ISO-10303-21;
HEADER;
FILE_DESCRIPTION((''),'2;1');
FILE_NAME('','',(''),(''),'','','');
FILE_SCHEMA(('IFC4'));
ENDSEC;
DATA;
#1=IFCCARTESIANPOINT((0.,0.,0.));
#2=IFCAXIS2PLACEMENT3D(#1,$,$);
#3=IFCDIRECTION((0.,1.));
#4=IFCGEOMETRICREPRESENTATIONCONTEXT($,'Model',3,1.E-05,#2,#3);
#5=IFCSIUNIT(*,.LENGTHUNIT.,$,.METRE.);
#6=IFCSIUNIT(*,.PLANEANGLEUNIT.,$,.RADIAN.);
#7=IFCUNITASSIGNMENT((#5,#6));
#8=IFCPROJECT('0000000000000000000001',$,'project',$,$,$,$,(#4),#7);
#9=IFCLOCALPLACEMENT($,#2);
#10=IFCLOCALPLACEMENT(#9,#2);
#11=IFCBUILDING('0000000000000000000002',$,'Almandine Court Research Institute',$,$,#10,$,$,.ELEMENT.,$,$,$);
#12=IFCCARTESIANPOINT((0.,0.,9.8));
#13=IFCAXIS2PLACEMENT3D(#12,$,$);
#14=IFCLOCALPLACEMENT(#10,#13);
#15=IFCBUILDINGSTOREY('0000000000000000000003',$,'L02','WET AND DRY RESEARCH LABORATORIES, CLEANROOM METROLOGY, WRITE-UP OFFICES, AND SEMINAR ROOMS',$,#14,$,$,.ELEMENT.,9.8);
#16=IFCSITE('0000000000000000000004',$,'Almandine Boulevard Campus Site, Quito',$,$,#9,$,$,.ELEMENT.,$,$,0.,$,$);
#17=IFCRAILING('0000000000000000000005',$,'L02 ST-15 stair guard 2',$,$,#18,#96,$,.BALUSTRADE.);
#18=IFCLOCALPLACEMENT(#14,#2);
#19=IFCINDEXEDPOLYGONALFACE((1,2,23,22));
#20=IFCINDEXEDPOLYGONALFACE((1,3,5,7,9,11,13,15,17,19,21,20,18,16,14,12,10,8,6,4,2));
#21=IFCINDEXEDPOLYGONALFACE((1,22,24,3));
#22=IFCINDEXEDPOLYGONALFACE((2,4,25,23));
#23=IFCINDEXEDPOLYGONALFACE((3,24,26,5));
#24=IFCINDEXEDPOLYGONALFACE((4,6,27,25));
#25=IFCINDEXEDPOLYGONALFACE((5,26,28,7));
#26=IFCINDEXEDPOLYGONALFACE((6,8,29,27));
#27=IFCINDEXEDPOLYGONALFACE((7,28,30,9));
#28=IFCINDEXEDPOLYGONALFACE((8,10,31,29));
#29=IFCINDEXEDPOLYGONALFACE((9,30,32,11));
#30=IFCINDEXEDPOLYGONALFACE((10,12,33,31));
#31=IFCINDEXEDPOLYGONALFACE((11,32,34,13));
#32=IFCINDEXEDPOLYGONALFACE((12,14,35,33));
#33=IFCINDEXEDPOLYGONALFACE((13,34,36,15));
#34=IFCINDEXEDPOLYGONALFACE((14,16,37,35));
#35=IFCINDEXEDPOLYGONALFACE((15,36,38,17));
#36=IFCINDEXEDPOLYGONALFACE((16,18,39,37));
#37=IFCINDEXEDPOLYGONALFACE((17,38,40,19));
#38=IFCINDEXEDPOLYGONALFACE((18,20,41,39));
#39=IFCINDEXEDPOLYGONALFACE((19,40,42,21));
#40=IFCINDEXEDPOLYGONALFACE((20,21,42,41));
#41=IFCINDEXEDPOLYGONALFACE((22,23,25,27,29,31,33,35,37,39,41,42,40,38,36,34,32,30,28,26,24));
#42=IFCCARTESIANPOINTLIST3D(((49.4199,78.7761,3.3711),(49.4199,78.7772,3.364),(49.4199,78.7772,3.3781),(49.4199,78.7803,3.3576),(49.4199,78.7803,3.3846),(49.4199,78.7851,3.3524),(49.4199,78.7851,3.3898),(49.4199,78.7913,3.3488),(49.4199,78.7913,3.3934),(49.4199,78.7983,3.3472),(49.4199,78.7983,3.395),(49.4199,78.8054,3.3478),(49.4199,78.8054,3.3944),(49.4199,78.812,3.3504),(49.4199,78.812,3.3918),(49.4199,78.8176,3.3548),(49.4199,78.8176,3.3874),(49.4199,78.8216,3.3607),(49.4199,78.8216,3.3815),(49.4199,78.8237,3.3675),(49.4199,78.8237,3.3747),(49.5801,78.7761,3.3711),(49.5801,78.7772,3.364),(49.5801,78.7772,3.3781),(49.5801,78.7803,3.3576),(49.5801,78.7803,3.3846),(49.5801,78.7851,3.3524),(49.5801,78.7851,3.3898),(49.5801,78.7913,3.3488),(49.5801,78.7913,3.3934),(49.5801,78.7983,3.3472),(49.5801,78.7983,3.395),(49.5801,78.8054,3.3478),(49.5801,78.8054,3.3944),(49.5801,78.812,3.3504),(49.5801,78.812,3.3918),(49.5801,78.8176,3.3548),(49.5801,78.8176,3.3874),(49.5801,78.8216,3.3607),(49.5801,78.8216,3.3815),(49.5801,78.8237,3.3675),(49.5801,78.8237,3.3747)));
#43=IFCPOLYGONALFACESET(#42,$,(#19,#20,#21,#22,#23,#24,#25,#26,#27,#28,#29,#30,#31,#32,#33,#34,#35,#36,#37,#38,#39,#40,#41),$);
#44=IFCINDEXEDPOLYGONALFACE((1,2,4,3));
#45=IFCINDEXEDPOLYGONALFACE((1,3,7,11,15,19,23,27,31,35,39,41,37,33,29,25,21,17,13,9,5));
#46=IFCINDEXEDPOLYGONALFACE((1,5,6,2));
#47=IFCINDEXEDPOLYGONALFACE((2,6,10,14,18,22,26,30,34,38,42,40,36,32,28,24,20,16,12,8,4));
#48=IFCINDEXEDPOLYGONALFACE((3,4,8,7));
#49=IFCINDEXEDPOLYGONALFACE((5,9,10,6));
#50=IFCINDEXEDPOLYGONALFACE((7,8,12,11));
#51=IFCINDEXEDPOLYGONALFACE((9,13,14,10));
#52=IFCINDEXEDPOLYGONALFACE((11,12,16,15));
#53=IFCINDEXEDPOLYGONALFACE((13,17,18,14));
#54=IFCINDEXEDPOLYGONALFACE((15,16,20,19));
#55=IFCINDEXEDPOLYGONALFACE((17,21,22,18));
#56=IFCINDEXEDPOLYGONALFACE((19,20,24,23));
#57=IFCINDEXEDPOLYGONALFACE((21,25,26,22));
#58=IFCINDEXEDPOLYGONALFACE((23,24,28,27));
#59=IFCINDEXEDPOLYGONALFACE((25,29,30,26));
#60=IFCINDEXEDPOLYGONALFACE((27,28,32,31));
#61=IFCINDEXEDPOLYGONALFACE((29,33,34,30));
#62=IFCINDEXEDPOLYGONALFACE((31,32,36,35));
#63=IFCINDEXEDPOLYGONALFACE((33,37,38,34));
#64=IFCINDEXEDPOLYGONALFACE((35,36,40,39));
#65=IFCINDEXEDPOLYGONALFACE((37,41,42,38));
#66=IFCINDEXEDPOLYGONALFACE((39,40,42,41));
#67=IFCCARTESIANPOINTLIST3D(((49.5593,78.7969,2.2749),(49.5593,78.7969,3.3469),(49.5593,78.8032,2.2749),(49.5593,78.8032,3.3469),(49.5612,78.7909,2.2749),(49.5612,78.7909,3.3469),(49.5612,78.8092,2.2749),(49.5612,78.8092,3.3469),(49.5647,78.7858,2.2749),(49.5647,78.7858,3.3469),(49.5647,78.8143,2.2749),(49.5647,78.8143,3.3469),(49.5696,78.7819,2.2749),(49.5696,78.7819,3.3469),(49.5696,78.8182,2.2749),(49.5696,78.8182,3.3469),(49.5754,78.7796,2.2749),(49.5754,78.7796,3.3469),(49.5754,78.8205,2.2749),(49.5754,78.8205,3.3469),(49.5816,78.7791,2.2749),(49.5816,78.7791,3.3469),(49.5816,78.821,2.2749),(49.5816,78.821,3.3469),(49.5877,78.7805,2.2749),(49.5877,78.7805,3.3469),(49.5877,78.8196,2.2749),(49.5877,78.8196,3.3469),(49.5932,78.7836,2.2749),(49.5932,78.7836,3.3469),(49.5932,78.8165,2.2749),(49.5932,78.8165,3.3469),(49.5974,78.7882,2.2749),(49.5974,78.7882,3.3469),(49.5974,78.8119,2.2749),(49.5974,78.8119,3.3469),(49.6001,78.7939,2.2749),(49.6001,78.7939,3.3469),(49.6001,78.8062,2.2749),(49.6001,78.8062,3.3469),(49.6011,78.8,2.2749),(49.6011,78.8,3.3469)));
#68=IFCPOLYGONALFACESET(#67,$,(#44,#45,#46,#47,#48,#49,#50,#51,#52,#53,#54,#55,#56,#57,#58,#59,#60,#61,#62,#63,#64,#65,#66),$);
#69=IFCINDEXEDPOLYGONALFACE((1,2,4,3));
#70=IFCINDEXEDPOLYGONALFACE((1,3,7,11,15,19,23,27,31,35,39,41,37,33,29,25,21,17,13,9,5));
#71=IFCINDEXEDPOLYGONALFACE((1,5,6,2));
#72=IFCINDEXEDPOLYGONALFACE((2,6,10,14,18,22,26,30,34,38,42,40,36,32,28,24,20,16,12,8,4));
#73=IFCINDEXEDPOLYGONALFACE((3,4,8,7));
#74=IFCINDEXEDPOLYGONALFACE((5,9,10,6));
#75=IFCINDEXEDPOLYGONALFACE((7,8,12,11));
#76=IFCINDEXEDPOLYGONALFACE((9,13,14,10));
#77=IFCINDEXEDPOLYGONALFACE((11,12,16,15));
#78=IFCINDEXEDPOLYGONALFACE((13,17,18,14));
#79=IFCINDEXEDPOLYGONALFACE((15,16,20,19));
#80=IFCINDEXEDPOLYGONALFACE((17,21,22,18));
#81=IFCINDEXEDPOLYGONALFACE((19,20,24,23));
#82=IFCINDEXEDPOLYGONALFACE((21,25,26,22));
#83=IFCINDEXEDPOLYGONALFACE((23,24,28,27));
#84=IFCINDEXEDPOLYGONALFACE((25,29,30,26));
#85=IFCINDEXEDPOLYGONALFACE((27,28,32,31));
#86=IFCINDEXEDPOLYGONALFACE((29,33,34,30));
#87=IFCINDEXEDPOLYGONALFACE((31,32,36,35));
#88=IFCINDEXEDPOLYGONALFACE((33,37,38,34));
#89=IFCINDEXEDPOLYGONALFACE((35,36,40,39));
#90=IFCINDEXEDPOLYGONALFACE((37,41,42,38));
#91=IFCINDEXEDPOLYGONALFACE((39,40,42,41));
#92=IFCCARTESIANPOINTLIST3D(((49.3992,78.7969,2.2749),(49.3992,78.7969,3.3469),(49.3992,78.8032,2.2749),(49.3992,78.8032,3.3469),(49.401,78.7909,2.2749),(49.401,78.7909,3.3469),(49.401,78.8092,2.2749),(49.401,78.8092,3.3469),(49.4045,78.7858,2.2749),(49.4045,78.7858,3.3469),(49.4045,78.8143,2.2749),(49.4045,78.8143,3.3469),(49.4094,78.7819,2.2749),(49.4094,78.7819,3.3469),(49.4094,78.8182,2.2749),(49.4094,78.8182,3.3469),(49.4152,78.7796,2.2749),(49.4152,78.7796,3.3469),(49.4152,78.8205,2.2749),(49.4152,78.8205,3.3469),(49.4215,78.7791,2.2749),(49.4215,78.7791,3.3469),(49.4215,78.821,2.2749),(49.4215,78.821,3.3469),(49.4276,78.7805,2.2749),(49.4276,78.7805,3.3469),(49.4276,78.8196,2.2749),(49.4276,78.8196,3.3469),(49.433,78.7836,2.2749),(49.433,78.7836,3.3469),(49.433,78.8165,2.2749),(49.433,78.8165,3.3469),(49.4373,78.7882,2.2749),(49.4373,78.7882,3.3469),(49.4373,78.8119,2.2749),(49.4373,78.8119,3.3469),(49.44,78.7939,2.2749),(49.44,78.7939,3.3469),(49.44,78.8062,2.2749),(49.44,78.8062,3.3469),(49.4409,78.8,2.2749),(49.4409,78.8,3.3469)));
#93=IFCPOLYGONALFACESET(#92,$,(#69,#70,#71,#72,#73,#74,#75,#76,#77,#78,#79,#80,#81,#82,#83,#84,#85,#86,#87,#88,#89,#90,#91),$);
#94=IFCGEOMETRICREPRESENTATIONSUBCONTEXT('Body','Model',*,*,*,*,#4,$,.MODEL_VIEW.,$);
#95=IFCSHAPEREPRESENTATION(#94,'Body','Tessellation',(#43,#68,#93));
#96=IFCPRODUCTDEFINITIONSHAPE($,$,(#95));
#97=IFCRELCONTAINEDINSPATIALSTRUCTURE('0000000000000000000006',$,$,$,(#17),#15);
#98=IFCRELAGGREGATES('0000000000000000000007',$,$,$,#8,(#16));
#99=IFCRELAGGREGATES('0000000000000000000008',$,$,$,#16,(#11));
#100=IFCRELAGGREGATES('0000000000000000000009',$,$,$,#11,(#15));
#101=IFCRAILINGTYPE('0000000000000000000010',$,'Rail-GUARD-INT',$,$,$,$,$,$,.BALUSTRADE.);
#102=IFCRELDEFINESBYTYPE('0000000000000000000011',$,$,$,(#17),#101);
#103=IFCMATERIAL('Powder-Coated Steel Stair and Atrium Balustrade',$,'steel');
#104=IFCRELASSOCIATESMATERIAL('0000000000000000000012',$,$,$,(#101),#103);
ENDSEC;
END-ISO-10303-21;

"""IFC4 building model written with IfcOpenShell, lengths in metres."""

from ifc_helpers import new_model, si_unit, direction, frame, origin, origin_2d, place, context, subcontext, project, spatial, circle, extrude, material, type_object, element, save


model = new_model("IFC4")

# Units and contexts
model_context = context("Model", 3, precision=1e-05, world=origin(), true_north=direction((0.0, 1.0)))
body_context = subcontext(model_context, "Body", "Model", "MODEL_VIEW")
ifc_project = project(units=[si_unit("LENGTHUNIT", "METRE"), si_unit("PLANEANGLEUNIT", "RADIAN")], contexts=[model_context])

# Site, building, storey
site_placement = place(None, origin())
site = spatial("IfcSite", under=ifc_project, at=site_placement, Name="Almandine Boulevard Campus Site, Quito", CompositionType="ELEMENT", RefElevation=0.0)
building_placement = place(site_placement, origin())
building = spatial("IfcBuilding", under=site, at=building_placement, Name="Almandine Court Research Institute", CompositionType="ELEMENT")
storey_placement = place(building_placement, frame((0.0, 0.0, 9.8)))
storey = spatial("IfcBuildingStorey", under=building, at=storey_placement, Name="L02", Description="WET AND DRY RESEARCH LABORATORIES, CLEANROOM METROLOGY, WRITE-UP OFFICES, AND SEMINAR ROOMS", CompositionType="ELEMENT", Elevation=9.8)

# Railing
ifc_material_1 = material(Name="Powder-Coated Steel Stair and Atrium Balustrade", Category="steel")
railing_type_1 = type_object("IfcRailingType", Name="Rail-GUARD-INT", PredefinedType="BALUSTRADE", material=ifc_material_1)
railing_1_placement = place(storey_placement, frame((49.5801, 78.8, 2.2749)))
element("IfcRailing", 1, at=railing_1_placement, inside=storey, type_object=railing_type_1, Name="L02 ST-15 stair guard 2", PredefinedType="BALUSTRADE", context=body_context, shape_type="SweptSolid", body=[
    extrude(circle(Radius=0.0239, at=origin_2d()), frame((0.0, 0.0, 1.0962), z_axis=(-1.0, 0.0, 0.0), x_axis=(0.0, -1.0, 0.0)), (0.0, 0.0, 1.0), 0.1602),
    extrude(circle(Radius=0.021, at=origin_2d()), origin(), (0.0, 0.0, 1.0), 1.072),
    extrude(circle(Radius=0.021, at=origin_2d()), frame((-0.1602, 0.0, 0.0)), (0.0, 0.0, 1.0), 1.072),
])

save(model, "model.ifc")
